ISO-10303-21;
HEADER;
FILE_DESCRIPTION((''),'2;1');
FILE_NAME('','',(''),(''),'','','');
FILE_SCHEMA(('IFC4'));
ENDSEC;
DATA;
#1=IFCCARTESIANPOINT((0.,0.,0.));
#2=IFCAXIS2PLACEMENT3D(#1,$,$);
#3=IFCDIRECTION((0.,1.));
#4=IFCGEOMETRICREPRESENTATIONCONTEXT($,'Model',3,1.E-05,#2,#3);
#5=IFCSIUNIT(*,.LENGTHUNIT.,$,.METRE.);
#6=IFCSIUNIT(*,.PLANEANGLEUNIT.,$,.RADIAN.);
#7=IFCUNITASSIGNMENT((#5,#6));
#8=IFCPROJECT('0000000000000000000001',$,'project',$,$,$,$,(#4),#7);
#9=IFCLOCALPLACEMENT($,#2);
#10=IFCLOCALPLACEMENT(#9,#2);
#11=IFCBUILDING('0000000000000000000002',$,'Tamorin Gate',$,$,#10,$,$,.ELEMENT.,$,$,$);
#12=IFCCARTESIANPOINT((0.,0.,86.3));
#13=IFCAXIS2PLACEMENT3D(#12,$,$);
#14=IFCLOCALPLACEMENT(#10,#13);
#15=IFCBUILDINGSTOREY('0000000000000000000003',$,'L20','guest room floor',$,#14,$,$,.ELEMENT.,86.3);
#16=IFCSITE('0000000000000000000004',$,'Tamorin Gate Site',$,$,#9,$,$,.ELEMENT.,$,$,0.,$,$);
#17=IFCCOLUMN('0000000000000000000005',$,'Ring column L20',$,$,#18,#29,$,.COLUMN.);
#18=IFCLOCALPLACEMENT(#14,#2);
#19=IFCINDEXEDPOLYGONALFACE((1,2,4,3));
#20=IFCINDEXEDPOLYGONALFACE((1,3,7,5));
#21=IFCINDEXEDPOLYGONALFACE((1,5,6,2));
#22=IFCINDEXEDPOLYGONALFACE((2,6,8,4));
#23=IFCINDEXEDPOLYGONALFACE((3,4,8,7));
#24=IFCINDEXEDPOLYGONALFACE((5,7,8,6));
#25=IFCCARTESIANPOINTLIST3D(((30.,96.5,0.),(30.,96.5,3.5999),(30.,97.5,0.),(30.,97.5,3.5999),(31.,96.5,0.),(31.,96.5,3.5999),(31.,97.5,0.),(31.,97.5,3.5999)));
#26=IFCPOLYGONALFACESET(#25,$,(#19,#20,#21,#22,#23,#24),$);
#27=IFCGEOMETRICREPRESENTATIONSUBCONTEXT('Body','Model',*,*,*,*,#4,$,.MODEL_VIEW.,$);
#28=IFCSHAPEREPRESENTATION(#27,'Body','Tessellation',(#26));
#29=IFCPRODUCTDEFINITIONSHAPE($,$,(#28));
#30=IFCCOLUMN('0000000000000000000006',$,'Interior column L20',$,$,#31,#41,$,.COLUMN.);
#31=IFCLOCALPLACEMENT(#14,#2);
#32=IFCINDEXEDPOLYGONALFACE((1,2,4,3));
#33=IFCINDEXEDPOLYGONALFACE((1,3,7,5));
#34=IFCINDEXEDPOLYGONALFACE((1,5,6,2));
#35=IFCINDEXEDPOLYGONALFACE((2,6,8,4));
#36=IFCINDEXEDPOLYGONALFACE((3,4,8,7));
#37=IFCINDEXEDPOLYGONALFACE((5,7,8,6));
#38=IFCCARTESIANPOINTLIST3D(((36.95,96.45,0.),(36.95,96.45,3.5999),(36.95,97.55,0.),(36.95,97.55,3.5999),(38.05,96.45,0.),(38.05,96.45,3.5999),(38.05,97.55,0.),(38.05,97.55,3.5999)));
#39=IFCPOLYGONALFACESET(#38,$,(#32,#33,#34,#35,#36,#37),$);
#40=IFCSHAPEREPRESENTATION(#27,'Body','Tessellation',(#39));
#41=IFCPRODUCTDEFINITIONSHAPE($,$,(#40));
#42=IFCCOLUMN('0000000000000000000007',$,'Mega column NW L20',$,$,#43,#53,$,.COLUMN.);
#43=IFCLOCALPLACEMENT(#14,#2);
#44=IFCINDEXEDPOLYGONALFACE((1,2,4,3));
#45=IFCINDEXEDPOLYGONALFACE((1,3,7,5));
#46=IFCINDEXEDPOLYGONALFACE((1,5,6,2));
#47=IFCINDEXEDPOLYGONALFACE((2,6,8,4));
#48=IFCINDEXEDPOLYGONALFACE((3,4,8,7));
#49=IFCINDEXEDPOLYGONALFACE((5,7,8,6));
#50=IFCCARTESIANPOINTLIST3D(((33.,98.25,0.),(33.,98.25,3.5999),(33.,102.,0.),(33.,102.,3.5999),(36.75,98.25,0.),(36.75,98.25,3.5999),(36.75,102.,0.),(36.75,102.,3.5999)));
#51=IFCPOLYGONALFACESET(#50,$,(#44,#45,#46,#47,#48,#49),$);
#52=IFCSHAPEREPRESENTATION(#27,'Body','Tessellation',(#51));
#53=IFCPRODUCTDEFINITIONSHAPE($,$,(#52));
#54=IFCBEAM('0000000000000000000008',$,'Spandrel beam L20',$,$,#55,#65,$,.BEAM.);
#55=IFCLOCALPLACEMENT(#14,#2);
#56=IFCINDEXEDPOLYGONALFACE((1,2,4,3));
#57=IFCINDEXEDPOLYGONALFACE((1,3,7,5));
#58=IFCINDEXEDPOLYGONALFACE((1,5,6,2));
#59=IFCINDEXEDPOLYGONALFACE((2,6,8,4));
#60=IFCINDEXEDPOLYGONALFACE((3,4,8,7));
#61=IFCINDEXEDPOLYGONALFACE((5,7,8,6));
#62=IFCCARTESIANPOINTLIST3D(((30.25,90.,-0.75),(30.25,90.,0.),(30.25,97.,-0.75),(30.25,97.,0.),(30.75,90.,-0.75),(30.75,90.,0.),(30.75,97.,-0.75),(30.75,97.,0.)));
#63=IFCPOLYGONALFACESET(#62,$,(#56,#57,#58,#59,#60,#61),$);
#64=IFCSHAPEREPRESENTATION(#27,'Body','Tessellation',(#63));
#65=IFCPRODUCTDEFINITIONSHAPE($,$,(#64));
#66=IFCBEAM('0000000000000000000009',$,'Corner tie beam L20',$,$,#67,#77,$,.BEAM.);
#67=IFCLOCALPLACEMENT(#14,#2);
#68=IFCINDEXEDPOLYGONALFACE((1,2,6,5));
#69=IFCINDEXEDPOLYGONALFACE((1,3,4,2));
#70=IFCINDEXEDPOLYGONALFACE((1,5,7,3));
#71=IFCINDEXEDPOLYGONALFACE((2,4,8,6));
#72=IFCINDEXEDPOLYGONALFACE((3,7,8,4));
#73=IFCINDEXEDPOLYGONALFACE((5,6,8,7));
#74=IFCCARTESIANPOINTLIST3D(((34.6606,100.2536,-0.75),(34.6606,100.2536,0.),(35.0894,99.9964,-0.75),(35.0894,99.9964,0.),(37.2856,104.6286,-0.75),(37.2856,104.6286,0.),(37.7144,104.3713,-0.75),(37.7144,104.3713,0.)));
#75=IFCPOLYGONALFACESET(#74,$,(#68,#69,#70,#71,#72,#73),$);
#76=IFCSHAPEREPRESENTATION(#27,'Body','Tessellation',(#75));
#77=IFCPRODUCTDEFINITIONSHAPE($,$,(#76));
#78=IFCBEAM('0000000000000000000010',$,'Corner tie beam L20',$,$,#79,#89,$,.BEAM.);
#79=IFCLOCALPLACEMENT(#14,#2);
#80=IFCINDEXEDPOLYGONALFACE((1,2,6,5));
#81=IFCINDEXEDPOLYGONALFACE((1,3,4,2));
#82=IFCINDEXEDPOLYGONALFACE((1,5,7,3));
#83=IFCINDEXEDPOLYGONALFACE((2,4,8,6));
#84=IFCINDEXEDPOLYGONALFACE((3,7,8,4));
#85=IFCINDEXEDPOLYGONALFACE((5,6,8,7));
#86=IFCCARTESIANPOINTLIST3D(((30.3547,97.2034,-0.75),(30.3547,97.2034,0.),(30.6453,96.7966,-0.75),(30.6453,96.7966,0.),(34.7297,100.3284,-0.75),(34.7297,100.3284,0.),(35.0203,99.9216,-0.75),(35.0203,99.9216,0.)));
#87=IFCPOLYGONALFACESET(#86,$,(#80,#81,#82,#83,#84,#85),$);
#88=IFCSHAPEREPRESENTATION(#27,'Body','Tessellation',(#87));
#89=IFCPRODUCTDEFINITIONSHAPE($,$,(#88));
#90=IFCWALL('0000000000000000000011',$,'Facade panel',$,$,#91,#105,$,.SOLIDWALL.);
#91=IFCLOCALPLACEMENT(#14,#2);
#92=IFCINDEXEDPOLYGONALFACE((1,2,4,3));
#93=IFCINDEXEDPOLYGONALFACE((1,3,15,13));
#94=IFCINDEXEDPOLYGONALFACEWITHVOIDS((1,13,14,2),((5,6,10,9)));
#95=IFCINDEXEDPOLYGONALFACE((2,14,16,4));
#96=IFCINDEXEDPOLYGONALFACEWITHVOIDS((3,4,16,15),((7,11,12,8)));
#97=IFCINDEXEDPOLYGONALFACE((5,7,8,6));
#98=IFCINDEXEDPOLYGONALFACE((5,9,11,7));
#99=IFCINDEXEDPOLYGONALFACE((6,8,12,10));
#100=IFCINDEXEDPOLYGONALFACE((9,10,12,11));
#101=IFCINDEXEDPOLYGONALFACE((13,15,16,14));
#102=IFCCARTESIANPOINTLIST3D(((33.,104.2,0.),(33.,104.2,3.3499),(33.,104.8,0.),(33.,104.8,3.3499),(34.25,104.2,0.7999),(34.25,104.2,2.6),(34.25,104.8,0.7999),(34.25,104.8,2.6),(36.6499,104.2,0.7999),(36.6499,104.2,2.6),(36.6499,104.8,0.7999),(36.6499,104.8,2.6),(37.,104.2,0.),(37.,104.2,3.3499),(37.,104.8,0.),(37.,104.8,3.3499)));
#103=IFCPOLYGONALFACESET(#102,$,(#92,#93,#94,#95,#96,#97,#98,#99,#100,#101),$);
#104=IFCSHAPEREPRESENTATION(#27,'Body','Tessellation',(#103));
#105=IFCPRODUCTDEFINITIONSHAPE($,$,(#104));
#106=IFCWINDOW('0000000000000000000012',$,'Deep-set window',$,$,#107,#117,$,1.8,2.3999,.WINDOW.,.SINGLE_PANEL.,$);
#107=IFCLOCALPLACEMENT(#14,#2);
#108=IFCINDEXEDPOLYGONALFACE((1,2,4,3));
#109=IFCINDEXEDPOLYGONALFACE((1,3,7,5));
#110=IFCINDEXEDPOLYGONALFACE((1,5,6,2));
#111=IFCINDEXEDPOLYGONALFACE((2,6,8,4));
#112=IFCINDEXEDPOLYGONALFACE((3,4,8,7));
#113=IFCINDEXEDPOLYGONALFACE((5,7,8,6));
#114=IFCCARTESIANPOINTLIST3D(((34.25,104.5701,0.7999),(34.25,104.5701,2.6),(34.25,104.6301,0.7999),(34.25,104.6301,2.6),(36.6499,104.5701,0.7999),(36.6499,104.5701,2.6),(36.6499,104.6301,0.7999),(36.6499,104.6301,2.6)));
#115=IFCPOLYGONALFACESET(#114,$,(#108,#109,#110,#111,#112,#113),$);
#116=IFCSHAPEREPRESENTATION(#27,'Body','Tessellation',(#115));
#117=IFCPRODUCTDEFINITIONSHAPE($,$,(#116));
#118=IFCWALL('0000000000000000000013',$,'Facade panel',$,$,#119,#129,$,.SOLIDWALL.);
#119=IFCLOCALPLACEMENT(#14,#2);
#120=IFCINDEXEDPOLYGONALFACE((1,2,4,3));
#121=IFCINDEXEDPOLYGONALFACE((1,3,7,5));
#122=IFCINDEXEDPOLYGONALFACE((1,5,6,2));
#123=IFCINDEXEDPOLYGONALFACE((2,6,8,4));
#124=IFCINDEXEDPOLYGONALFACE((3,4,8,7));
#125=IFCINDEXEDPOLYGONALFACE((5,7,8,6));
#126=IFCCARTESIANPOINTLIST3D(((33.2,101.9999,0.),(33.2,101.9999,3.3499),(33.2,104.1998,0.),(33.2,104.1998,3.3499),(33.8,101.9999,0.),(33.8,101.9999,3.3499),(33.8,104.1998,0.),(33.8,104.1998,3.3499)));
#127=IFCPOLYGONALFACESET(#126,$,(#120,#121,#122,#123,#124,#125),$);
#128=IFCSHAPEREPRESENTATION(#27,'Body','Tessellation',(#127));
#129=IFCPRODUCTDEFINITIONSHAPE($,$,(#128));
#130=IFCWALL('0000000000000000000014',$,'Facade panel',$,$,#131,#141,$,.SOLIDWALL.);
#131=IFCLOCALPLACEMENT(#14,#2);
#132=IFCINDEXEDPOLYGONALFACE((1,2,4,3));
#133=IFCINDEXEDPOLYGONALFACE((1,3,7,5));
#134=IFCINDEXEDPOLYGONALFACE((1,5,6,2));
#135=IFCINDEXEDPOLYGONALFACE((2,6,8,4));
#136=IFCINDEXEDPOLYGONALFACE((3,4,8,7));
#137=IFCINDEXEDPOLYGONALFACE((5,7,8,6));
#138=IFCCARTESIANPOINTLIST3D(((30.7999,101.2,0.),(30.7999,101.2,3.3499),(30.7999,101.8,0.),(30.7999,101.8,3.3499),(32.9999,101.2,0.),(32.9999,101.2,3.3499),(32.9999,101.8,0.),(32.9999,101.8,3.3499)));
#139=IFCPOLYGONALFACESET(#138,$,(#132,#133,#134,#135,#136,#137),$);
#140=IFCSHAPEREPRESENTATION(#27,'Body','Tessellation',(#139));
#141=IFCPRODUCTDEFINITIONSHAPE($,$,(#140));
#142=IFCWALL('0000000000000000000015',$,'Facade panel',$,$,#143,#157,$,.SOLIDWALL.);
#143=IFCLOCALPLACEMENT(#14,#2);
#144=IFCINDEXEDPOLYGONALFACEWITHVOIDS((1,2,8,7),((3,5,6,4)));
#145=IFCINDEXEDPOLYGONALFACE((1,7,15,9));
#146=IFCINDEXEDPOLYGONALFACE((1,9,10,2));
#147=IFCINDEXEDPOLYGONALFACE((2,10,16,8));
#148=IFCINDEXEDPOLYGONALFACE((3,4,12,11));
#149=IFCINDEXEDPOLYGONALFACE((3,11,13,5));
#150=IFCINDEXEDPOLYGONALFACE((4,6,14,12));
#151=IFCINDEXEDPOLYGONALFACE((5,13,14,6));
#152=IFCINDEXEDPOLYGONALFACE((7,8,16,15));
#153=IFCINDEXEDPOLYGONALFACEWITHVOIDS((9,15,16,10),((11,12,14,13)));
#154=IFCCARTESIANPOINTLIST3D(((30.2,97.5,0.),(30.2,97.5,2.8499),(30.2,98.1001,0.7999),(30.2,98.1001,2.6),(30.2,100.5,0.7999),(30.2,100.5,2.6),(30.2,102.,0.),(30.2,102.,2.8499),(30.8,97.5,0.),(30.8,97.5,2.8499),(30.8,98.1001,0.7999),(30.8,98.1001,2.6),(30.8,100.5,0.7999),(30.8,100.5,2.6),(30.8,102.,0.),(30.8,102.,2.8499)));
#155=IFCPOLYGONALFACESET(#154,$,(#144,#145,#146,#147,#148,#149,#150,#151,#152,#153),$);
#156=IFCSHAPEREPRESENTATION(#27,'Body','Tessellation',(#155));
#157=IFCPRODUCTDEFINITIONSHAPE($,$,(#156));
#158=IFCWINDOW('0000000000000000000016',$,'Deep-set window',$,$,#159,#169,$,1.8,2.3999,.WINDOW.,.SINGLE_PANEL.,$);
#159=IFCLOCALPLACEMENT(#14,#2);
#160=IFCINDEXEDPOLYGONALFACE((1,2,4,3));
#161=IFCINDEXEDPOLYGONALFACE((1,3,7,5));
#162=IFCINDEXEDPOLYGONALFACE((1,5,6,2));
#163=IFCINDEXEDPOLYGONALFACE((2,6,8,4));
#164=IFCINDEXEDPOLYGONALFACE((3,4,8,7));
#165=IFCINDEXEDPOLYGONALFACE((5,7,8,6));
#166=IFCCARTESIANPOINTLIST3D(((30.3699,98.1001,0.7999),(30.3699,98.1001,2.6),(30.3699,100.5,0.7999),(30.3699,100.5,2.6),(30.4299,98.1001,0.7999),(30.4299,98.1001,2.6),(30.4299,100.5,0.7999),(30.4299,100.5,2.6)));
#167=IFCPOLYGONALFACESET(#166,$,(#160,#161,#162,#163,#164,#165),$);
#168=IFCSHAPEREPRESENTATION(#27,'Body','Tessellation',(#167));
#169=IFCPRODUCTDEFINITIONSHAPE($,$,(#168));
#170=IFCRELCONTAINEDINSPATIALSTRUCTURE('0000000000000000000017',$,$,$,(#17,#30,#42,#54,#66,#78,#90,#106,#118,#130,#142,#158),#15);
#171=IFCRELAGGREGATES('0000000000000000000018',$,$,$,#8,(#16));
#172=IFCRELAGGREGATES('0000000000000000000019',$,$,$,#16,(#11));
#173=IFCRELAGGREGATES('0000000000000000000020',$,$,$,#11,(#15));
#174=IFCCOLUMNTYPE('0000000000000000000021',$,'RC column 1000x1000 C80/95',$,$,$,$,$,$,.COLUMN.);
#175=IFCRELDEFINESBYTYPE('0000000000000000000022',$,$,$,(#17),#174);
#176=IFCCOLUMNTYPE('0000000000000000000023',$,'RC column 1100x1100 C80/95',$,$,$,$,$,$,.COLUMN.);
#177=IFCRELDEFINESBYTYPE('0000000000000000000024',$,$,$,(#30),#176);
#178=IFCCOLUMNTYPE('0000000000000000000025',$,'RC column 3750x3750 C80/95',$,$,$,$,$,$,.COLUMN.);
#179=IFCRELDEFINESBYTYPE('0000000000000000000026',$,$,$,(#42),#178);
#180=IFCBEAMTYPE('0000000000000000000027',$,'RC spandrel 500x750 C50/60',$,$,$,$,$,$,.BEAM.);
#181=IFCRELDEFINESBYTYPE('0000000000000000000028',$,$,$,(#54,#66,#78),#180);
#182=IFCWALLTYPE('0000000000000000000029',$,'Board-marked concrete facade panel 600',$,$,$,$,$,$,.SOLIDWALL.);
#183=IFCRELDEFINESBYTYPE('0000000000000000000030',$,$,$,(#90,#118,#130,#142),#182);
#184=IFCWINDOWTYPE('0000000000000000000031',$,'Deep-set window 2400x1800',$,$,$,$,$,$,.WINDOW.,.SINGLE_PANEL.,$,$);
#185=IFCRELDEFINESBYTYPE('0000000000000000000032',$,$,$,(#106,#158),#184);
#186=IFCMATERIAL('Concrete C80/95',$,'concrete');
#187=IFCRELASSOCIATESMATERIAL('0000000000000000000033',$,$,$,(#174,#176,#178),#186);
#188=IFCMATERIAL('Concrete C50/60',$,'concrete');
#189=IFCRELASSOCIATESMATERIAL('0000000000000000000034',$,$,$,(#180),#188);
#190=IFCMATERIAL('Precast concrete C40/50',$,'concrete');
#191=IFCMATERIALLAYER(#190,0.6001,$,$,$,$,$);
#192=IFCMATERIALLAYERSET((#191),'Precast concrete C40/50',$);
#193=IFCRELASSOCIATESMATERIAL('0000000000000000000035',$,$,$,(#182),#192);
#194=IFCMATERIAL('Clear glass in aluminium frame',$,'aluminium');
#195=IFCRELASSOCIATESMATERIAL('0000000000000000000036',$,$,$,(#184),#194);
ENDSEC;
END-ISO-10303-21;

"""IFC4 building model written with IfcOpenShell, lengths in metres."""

from ifc_helpers import new_model, si_unit, direction, frame, frame_2d, origin, origin_2d, place, context, subcontext, project, spatial, rectangle, extrude, material, layer, layer_set, material_profile, profile_set, type_object, element, fill, save


model = new_model("IFC4")

# Units and contexts
model_context = context("Model", 3, precision=1e-05, world=origin(), true_north=direction((0.0, 1.0)))
body_context = subcontext(model_context, "Body", "Model", "MODEL_VIEW")
ifc_project = project(units=[si_unit("LENGTHUNIT", "METRE"), si_unit("PLANEANGLEUNIT", "RADIAN")], contexts=[model_context])

# Site, building, storey
site_placement = place(None, origin())
site = spatial("IfcSite", under=ifc_project, at=site_placement, Name="Tamorin Gate Site", CompositionType="ELEMENT", RefElevation=0.0)
building_placement = place(site_placement, origin())
building = spatial("IfcBuilding", under=site, at=building_placement, Name="Tamorin Gate", CompositionType="ELEMENT")
storey_placement = place(building_placement, frame((0.0, 0.0, 86.3)))
storey = spatial("IfcBuildingStorey", under=building, at=storey_placement, Name="L20", Description="guest room floor", CompositionType="ELEMENT", Elevation=86.3)

# Columns
ifc_material_1 = material(Name="Concrete C80/95", Category="concrete")
ifc_material_profile_1 = material_profile(ifc_material_1, rectangle(XDim=1.0, YDim=1.0, at=origin_2d()), Name="RC 1000x1000")
ifc_profile_set_1 = profile_set([ifc_material_profile_1], Name="Concrete C80/95")
column_type_1 = type_object("IfcColumnType", Name="RC column 1000x1000 C80/95", PredefinedType="COLUMN", material=ifc_profile_set_1)
column_1_placement = place(storey_placement, frame((30.5, 97.0, 0.0), z_axis=(0.0, 0.0, 1.0), x_axis=(1.0, 0.0, 0.0)))
element("IfcColumn", 1, at=column_1_placement, inside=storey, type_object=column_type_1, Name="Ring column L20", PredefinedType="COLUMN", context=body_context, shape_type="SweptSolid", body=[
    extrude(rectangle(XDim=1.0, YDim=1.0, at=origin_2d()), origin(), (0.0, 0.0, 1.0), 3.5999),
])
ifc_material_profile_2 = material_profile(ifc_material_1, rectangle(XDim=1.1001, YDim=1.1001, at=origin_2d()), Name="RC 1100x1100")
ifc_profile_set_2 = profile_set([ifc_material_profile_2], Name="Concrete C80/95")
column_type_2 = type_object("IfcColumnType", Name="RC column 1100x1100 C80/95", PredefinedType="COLUMN", material=ifc_profile_set_2)
column_2_placement = place(storey_placement, frame((37.5, 97.0, 0.0), z_axis=(0.0, 0.0, 1.0), x_axis=(1.0, 0.0, 0.0)))
element("IfcColumn", 2, at=column_2_placement, inside=storey, type_object=column_type_2, Name="Interior column L20", PredefinedType="COLUMN", context=body_context, shape_type="SweptSolid", body=[
    extrude(rectangle(XDim=1.1001, YDim=1.1001, at=origin_2d()), origin(), (0.0, 0.0, 1.0), 3.5999),
])
ifc_material_profile_3 = material_profile(ifc_material_1, rectangle(XDim=3.75, YDim=3.75, at=origin_2d()), Name="RC 3750x3750")
ifc_profile_set_3 = profile_set([ifc_material_profile_3], Name="Concrete C80/95")
column_type_3 = type_object("IfcColumnType", Name="RC column 3750x3750 C80/95", PredefinedType="COLUMN", material=ifc_profile_set_3)
column_3_placement = place(storey_placement, frame((34.875, 100.125, 0.0), z_axis=(0.0, 0.0, 1.0), x_axis=(1.0, 0.0, 0.0)))
element("IfcColumn", 3, at=column_3_placement, inside=storey, type_object=column_type_3, Name="Mega column NW L20", PredefinedType="COLUMN", context=body_context, shape_type="SweptSolid", body=[
    extrude(rectangle(XDim=3.75, YDim=3.75, at=origin_2d()), origin(), (0.0, 0.0, 1.0), 3.5999),
])

# Beams
ifc_material_2 = material(Name="Concrete C50/60", Category="concrete")
ifc_material_profile_4 = material_profile(ifc_material_2, rectangle(XDim=0.5, YDim=0.75, at=origin_2d()), Name="RC 500x750")
ifc_profile_set_4 = profile_set([ifc_material_profile_4], Name="Concrete C50/60")
beam_type = type_object("IfcBeamType", Name="RC spandrel 500x750 C50/60", PredefinedType="BEAM", material=ifc_profile_set_4)
beam_1_placement = place(storey_placement, frame((30.5, 97.0, -0.375), z_axis=(0.0, -1.0, 0.0), x_axis=(1.0, 0.0, 0.0)))
element("IfcBeam", 4, at=beam_1_placement, inside=storey, type_object=beam_type, Name="Spandrel beam L20", PredefinedType="BEAM", context=body_context, shape_type="SweptSolid", body=[
    extrude(rectangle(XDim=0.5, YDim=0.75, at=origin_2d()), origin(), (0.0, 0.0, 1.0), 7.0),
])
beam_2_placement = place(storey_placement, frame((34.875, 100.125, -0.375), z_axis=(0.514496, 0.857493, 0.0), x_axis=(-0.857493, 0.514496, 0.0)))
element("IfcBeam", 5, at=beam_2_placement, inside=storey, type_object=beam_type, Name="Corner tie beam L20", PredefinedType="BEAM", context=body_context, shape_type="SweptSolid", body=[
    extrude(rectangle(XDim=0.5, YDim=0.75, at=origin_2d()), origin(), (0.0, 0.0, 1.0), 5.1021),
])
beam_3_placement = place(storey_placement, frame((34.875, 100.125, -0.375), z_axis=(-0.813733, -0.581238, 0.0), x_axis=(0.581238, -0.813733, 0.0)))
element("IfcBeam", 6, at=beam_3_placement, inside=storey, type_object=beam_type, Name="Corner tie beam L20", PredefinedType="BEAM", context=body_context, shape_type="SweptSolid", body=[
    extrude(rectangle(XDim=0.5, YDim=0.75, at=origin_2d()), origin(), (0.0, 0.0, 1.0), 5.3765),
])

# Wall, opening, window
ifc_material_3 = material(Name="Precast concrete C40/50", Category="concrete")
ifc_layer_1 = layer(ifc_material_3, 0.6001)
ifc_layer_set_1 = layer_set([ifc_layer_1], Name="Precast concrete C40/50")
wall_type_1 = type_object("IfcWallType", Name="Board-marked concrete facade panel 600", PredefinedType="SOLIDWALL", material=ifc_layer_set_1)
wall_1_placement = place(storey_placement, frame((37.0, 104.5, 0.0), z_axis=(0.0, 0.0, 1.0), x_axis=(-1.0, 0.0, 0.0)))
wall_1 = element("IfcWall", 7, at=wall_1_placement, inside=storey, type_object=wall_type_1, Name="Facade panel", PredefinedType="SOLIDWALL", context=body_context, shape_type="SweptSolid", body=[
    extrude(rectangle(XDim=4.0, YDim=0.6001, at=frame_2d((2.0, 0.0))), origin(), (0.0, 0.0, 1.0), 3.3499),
])
opening_1_placement = place(wall_1_placement, frame((0.3501, 0.0, 0.8)))
opening_1 = element("IfcOpeningElement", 8, at=opening_1_placement, cuts=wall_1, PredefinedType="OPENING", context=body_context, shape_type="SweptSolid", body=[
    extrude(rectangle(XDim=2.3999, YDim=1.8, at=frame_2d((1.2, 0.8999))), frame((0.0, 0.3101, 0.0), z_axis=(0.0, -1.0, 0.0), x_axis=(1.0, 0.0, 0.0)), (0.0, 0.0, 1.0), 0.6201),
])
ifc_material_4 = material(Name="Clear glass in aluminium frame", Category="aluminium")
window_type = type_object("IfcWindowType", Name="Deep-set window 2400x1800", PartitioningType="SINGLE_PANEL", PredefinedType="WINDOW", material=ifc_material_4)
window_1_placement = place(opening_1_placement, origin())
window_1 = element("IfcWindow", 9, at=window_1_placement, inside=storey, type_object=window_type, Name="Deep-set window", OverallHeight=1.8, OverallWidth=2.3999, PartitioningType="SINGLE_PANEL", PredefinedType="WINDOW", context=body_context, shape_type="SweptSolid", body=[
    extrude(rectangle(XDim=2.3999, YDim=1.8, at=frame_2d((1.2, 0.8999))), frame((0.0, -0.0701, 0.0), z_axis=(0.0, -1.0, 0.0), x_axis=(1.0, 0.0, 0.0)), (0.0, 0.0, 1.0), 0.0601),
])
fill(opening_1, window_1)

# Walls
for number, where, z_axis, x_axis, name in (
    (10, (33.5, 104.2, 0.0), (0.0, 0.0, 1.0), (0.0, -1.0, 0.0), "Facade panel"),
    (11, (33.0, 101.5, 0.0), (0.0, 0.0, 1.0), (-1.0, 0.0, 0.0), "Facade panel"),
):
    element("IfcWall", number, at=place(storey_placement, frame(where, z_axis=z_axis, x_axis=x_axis)), inside=storey, type_object=wall_type_1, Name=name, PredefinedType="SOLIDWALL", context=body_context, shape_type="SweptSolid", body=[
        extrude(rectangle(XDim=2.2, YDim=0.6001, at=frame_2d((1.1001, 0.0))), origin(), (0.0, 0.0, 1.0), 3.3499),
    ])

# Wall, opening, window
wall_2_placement = place(storey_placement, frame((30.5, 102.0, 0.0), z_axis=(0.0, 0.0, 1.0), x_axis=(0.0, -1.0, 0.0)))
wall_2 = element("IfcWall", 12, at=wall_2_placement, inside=storey, type_object=wall_type_1, Name="Facade panel", PredefinedType="SOLIDWALL", context=body_context, shape_type="SweptSolid", body=[
    extrude(rectangle(XDim=4.5, YDim=0.6001, at=frame_2d((2.25, 0.0))), origin(), (0.0, 0.0, 1.0), 2.8499),
])
opening_2_placement = place(wall_2_placement, frame((1.5, 0.0, 0.8)))
opening_2 = element("IfcOpeningElement", 13, at=opening_2_placement, cuts=wall_2, PredefinedType="OPENING", context=body_context, shape_type="SweptSolid", body=[
    extrude(rectangle(XDim=2.3999, YDim=1.8, at=frame_2d((1.2, 0.8999))), frame((0.0, 0.3101, 0.0), z_axis=(0.0, -1.0, 0.0), x_axis=(1.0, 0.0, 0.0)), (0.0, 0.0, 1.0), 0.6201),
])
window_2_placement = place(opening_2_placement, origin())
window_2 = element("IfcWindow", 14, at=window_2_placement, inside=storey, type_object=window_type, Name="Deep-set window", OverallHeight=1.8, OverallWidth=2.3999, PartitioningType="SINGLE_PANEL", PredefinedType="WINDOW", context=body_context, shape_type="SweptSolid", body=[
    extrude(rectangle(XDim=2.3999, YDim=1.8, at=frame_2d((1.2, 0.8999))), frame((0.0, -0.0701, 0.0), z_axis=(0.0, -1.0, 0.0), x_axis=(1.0, 0.0, 0.0)), (0.0, 0.0, 1.0), 0.0601),
])
fill(opening_2, window_2)

save(model, "model.ifc")
